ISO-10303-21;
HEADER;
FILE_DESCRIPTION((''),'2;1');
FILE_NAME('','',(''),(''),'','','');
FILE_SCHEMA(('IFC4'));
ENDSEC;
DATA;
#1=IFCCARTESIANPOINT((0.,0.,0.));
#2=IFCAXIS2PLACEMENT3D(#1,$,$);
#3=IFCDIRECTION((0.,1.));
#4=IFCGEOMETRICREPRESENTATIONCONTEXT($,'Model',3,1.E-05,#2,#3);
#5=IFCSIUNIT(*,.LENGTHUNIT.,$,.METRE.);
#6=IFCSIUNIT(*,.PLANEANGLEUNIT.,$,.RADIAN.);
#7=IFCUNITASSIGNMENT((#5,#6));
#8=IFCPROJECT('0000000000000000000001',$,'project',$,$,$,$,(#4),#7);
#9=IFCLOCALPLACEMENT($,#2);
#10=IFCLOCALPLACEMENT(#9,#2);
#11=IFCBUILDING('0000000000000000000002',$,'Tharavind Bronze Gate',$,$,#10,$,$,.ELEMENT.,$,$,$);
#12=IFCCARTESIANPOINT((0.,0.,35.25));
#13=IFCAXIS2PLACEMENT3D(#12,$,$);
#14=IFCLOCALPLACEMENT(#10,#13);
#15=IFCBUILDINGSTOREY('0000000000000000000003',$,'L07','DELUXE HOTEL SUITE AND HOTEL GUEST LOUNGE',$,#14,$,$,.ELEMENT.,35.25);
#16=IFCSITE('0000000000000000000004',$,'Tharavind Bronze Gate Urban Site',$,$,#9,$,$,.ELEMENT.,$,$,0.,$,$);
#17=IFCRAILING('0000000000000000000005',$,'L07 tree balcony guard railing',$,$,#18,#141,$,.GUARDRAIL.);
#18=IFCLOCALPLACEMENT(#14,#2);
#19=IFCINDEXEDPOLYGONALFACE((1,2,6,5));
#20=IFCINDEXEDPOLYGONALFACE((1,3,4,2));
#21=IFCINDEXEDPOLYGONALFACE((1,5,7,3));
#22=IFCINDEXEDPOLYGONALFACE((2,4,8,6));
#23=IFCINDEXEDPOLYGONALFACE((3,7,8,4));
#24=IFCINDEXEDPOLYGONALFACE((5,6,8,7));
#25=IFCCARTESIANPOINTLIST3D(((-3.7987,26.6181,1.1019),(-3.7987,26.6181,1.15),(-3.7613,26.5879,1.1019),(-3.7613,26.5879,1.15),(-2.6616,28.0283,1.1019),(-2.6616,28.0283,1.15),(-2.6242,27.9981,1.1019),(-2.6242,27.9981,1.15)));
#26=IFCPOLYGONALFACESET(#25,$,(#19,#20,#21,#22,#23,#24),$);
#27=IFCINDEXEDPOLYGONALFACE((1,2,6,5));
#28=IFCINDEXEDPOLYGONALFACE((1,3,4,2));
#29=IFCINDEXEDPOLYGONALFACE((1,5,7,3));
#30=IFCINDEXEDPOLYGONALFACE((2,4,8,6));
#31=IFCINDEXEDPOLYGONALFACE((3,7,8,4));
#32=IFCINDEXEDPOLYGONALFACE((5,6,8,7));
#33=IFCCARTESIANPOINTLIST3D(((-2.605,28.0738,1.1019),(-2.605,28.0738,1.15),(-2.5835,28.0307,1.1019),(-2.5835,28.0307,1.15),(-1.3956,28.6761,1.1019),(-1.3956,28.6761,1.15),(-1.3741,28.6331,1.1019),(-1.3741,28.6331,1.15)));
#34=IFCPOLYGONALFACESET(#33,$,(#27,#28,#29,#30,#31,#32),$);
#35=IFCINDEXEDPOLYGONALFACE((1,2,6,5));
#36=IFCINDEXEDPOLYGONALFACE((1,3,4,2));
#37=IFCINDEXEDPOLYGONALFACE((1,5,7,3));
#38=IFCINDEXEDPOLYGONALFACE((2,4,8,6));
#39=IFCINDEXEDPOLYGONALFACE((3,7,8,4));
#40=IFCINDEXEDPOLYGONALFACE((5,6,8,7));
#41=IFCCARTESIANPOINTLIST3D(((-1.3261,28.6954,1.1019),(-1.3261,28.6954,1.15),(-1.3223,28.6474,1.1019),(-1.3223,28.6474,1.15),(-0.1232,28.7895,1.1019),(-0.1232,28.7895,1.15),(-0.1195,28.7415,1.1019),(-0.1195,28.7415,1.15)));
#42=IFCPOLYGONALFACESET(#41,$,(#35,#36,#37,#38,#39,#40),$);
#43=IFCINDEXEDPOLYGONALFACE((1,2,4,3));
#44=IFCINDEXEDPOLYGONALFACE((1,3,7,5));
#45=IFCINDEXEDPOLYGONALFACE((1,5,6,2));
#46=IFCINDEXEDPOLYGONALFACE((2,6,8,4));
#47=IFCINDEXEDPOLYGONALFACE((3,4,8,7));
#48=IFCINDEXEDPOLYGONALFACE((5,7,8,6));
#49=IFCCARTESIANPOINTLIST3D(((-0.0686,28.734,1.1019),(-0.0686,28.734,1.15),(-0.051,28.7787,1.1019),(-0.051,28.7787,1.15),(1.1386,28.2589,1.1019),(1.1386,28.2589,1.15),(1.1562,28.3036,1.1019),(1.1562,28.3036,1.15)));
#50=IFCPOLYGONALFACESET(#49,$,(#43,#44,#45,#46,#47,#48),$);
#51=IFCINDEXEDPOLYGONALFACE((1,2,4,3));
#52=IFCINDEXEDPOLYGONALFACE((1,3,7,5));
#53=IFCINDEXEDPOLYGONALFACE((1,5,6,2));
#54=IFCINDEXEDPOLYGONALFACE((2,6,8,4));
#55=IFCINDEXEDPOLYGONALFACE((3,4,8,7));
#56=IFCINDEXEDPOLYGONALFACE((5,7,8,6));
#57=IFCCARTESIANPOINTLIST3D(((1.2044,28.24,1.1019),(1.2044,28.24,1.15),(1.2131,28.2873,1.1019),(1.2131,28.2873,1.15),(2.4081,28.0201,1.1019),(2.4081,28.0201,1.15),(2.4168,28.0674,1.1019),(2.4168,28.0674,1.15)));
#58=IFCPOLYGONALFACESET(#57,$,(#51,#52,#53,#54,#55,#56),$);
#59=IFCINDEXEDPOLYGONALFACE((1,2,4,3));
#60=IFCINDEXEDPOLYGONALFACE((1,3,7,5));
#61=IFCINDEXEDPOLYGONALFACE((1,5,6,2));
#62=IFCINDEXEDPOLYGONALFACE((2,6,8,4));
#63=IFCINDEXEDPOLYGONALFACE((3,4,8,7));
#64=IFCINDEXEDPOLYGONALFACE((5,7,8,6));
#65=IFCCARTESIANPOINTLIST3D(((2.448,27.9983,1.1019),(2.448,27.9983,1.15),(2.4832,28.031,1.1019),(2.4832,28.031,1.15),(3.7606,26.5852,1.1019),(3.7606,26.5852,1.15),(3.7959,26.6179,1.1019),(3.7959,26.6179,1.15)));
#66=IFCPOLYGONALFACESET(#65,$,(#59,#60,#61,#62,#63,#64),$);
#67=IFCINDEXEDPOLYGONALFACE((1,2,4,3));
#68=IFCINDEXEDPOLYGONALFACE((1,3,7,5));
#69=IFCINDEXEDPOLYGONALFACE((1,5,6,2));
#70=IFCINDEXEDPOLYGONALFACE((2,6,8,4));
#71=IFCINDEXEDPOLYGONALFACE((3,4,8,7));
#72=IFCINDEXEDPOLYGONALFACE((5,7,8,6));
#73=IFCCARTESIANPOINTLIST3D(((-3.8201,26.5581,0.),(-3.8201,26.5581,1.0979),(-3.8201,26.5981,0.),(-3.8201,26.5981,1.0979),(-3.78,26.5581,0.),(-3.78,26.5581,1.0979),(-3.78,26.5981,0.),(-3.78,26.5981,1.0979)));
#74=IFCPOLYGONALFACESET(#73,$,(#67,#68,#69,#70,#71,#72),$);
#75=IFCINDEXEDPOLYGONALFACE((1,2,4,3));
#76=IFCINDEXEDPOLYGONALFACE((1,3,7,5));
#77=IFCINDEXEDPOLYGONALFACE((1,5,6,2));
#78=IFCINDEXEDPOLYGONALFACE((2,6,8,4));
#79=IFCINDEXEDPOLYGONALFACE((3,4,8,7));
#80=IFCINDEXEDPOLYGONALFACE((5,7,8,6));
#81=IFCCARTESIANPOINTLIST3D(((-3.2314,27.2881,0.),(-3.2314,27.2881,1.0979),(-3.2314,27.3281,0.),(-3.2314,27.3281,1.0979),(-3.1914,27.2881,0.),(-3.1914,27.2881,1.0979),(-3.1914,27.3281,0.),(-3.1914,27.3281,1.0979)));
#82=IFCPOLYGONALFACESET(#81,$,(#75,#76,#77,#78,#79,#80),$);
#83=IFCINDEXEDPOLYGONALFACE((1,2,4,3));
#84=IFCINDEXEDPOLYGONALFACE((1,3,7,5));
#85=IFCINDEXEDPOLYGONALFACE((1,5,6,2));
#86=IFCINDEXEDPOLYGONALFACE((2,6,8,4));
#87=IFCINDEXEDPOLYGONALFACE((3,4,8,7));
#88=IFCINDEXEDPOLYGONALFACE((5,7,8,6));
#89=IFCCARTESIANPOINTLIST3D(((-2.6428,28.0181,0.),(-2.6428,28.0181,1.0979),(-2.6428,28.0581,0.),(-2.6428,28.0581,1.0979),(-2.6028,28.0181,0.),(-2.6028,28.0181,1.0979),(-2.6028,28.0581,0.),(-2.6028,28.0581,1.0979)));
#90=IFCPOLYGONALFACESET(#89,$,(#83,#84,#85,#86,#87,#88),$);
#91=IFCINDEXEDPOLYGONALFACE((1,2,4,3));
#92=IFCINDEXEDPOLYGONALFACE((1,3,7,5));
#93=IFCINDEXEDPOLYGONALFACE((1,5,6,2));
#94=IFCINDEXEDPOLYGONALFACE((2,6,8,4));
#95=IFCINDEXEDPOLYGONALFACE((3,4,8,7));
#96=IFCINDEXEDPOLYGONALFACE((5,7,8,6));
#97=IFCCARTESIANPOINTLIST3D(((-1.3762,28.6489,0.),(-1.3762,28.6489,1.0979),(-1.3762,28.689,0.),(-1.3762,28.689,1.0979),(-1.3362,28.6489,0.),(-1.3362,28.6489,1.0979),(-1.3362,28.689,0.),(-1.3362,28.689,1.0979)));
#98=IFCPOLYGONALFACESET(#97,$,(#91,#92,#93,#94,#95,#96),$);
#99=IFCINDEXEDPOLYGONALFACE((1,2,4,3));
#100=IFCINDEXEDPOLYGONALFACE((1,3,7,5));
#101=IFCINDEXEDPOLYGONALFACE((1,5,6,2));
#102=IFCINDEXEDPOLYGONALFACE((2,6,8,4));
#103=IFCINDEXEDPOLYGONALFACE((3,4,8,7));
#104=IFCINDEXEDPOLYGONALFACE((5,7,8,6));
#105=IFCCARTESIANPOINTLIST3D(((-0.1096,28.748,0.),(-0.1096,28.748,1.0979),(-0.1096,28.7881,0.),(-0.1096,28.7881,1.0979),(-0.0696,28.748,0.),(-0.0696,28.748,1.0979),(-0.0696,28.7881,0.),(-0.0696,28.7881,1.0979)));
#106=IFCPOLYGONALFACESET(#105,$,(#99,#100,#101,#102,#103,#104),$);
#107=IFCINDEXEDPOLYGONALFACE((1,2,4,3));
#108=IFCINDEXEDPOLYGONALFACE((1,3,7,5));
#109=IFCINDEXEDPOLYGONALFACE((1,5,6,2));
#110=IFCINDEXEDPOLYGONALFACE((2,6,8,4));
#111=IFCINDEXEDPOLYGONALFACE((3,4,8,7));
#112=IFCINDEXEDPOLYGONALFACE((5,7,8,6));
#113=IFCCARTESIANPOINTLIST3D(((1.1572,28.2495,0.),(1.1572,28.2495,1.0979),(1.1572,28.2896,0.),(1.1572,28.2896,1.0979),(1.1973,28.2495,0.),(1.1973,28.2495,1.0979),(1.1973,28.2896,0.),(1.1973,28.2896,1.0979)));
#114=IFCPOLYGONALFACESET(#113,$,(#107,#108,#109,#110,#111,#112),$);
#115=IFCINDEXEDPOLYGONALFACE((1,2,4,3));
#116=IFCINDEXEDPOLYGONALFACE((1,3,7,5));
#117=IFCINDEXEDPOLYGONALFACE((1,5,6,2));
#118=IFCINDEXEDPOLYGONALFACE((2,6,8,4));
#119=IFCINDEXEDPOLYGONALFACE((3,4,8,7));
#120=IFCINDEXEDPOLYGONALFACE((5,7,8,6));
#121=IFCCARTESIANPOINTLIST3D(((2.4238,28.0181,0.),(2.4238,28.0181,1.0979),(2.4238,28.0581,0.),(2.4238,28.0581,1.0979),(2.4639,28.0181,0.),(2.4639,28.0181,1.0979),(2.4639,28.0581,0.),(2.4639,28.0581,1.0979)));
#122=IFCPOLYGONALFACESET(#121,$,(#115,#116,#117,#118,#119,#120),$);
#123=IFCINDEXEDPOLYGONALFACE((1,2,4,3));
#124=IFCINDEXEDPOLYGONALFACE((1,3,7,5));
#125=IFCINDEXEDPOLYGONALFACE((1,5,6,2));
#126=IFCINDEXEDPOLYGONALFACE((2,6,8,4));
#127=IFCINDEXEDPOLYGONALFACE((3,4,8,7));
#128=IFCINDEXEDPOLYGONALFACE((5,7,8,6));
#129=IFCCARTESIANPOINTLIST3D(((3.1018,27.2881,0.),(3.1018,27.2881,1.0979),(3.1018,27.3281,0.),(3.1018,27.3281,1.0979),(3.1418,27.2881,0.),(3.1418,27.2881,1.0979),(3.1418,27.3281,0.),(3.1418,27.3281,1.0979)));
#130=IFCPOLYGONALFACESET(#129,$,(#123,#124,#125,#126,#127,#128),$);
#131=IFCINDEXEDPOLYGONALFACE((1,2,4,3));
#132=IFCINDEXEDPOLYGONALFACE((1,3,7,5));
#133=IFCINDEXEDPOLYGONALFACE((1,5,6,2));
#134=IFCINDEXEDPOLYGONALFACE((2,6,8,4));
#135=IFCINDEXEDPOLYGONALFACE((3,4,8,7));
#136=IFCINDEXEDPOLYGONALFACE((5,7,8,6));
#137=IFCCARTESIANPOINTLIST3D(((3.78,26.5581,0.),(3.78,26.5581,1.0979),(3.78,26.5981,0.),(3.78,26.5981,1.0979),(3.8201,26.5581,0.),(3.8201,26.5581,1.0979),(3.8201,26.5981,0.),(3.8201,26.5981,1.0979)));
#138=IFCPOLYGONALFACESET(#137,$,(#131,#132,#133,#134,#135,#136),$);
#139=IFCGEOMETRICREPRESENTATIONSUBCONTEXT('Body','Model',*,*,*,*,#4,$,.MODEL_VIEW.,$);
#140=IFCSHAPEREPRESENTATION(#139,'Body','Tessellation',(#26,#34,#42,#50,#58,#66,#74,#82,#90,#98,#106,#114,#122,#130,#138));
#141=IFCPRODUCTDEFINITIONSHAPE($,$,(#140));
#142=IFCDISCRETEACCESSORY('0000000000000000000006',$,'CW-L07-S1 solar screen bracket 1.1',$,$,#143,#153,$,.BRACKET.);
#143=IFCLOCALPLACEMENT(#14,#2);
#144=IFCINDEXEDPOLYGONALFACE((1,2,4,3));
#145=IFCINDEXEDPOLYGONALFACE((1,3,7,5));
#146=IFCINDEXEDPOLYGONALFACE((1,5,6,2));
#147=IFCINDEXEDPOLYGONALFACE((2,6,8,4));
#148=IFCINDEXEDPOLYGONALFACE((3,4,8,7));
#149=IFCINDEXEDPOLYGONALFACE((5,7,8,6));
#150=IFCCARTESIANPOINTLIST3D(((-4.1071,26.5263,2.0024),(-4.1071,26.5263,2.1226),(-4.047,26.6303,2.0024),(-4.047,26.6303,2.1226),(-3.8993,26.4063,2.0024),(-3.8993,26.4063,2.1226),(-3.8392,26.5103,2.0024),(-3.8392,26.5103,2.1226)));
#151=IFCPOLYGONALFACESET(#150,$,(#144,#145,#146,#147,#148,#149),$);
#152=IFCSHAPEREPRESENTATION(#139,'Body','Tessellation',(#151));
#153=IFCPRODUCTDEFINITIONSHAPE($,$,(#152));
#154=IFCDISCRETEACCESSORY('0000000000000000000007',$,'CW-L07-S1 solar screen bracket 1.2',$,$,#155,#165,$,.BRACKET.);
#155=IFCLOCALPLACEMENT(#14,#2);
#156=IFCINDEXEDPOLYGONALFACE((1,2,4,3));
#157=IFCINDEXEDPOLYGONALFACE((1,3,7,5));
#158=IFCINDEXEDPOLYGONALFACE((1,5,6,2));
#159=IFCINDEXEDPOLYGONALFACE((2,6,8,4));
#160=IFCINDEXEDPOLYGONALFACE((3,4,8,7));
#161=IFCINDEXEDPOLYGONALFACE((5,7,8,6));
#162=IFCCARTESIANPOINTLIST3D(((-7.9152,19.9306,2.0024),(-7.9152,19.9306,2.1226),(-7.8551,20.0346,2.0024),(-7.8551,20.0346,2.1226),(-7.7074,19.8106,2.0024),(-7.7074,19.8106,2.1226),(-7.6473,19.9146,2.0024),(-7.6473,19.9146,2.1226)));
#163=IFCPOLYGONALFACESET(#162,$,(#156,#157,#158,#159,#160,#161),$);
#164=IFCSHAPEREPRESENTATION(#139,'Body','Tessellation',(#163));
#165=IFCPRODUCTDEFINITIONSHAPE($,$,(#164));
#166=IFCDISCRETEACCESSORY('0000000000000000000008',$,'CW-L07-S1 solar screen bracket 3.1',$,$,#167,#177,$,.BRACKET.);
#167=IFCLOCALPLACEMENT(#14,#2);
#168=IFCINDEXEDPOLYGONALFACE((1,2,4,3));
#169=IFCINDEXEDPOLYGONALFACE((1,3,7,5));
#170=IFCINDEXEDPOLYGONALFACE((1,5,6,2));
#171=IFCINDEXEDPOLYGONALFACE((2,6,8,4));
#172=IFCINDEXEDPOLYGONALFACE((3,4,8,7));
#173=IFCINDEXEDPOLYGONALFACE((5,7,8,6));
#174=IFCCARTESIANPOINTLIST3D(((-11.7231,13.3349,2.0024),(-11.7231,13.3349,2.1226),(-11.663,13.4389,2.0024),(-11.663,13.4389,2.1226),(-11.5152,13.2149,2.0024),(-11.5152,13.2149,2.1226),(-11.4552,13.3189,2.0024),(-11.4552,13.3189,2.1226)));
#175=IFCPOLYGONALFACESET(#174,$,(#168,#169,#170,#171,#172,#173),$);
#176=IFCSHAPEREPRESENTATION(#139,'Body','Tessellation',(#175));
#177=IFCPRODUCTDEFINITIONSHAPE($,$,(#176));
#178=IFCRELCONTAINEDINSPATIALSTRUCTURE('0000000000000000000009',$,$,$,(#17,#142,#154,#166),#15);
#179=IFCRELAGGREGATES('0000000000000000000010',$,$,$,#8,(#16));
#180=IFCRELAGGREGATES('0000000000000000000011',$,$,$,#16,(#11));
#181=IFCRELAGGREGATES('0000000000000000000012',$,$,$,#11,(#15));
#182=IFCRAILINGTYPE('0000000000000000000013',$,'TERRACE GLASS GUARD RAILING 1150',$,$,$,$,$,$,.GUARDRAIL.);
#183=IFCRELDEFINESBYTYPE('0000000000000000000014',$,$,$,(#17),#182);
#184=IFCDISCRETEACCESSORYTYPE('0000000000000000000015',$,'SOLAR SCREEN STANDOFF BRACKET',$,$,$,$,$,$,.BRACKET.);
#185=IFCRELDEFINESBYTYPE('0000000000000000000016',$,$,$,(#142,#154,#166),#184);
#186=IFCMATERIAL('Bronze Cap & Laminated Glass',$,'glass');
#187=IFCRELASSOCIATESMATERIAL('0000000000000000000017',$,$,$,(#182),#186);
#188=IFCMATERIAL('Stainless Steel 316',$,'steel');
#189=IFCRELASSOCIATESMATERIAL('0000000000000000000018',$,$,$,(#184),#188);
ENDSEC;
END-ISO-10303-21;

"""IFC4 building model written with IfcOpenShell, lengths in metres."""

from ifc_helpers import new_model, si_unit, direction, frame, origin, origin_2d, place, context, subcontext, project, spatial, rectangle, extrude, material, type_object, element, save


model = new_model("IFC4")

# Units and contexts
model_context = context("Model", 3, precision=1e-05, world=origin(), true_north=direction((0.0, 1.0)))
body_context = subcontext(model_context, "Body", "Model", "MODEL_VIEW")
ifc_project = project(units=[si_unit("LENGTHUNIT", "METRE"), si_unit("PLANEANGLEUNIT", "RADIAN")], contexts=[model_context])

# Site, building, storey
site_placement = place(None, origin())
site = spatial("IfcSite", under=ifc_project, at=site_placement, Name="Tharavind Bronze Gate Urban Site", CompositionType="ELEMENT", RefElevation=0.0)
building_placement = place(site_placement, origin())
building = spatial("IfcBuilding", under=site, at=building_placement, Name="Tharavind Bronze Gate", CompositionType="ELEMENT")
storey_placement = place(building_placement, frame((0.0, 0.0, 35.25)))
storey = spatial("IfcBuildingStorey", under=building, at=storey_placement, Name="L07", Description="DELUXE HOTEL SUITE AND HOTEL GUEST LOUNGE", CompositionType="ELEMENT", Elevation=35.25)

# Railing
ifc_material_1 = material(Name="Bronze Cap & Laminated Glass", Category="glass")
railing_type = type_object("IfcRailingType", Name="TERRACE GLASS GUARD RAILING 1150", PredefinedType="GUARDRAIL", material=ifc_material_1)
railing_placement = place(storey_placement, frame((-3.8, 26.5781, 0.0)))
element("IfcRailing", 1, at=railing_placement, inside=storey, type_object=railing_type, Name="L07 tree balcony guard railing", PredefinedType="GUARDRAIL", context=body_context, shape_type="SweptSolid", body=[
    extrude(rectangle(XDim=0.0481, YDim=0.0481, at=origin_2d()), frame((0.02, 0.0249, 1.126), z_axis=(0.627707, 0.77845, 0.0), x_axis=(-0.77845, 0.627707, 0.0)), (0.0, 0.0, 1.0), 1.8115),
    extrude(rectangle(XDim=0.0481, YDim=0.0481, at=origin_2d()), frame((1.2058, 1.4741, 1.126), z_axis=(0.895116, 0.445833, 0.0), x_axis=(-0.445833, 0.895116, 0.0)), (0.0, 0.0, 1.0), 1.3511),
    extrude(rectangle(XDim=0.0481, YDim=0.0481, at=origin_2d()), frame((2.4758, 2.0933, 1.126), z_axis=(0.996952, 0.078019, 0.0), x_axis=(-0.078019, 0.996952, 0.0)), (0.0, 0.0, 1.0), 1.2065),
    extrude(rectangle(XDim=0.0481, YDim=0.0481, at=origin_2d()), frame((3.7402, 2.1782, 1.126), z_axis=(0.93054, -0.36619, 0.0), x_axis=(0.36619, 0.93054, 0.0)), (0.0, 0.0, 1.0), 1.2974),
    extrude(rectangle(XDim=0.0481, YDim=0.0481, at=origin_2d()), frame((5.0088, 1.6855, 1.126), z_axis=(0.983712, -0.179753, 0.0), x_axis=(0.179753, 0.983712, 0.0)), (0.0, 0.0, 1.0), 1.2236),
    extrude(rectangle(XDim=0.0481, YDim=0.0481, at=origin_2d()), frame((6.2656, 1.4365, 1.126), z_axis=(0.680592, -0.732663, 0.0), x_axis=(0.732663, 0.680592, 0.0)), (0.0, 0.0, 1.0), 1.9287),
    extrude(rectangle(XDim=0.04, YDim=0.04, at=origin_2d()), origin(), (0.0, 0.0, 1.0), 1.0979),
    extrude(rectangle(XDim=0.04, YDim=0.04, at=origin_2d()), frame((0.5886, 0.73, 0.0)), (0.0, 0.0, 1.0), 1.0979),
    extrude(rectangle(XDim=0.04, YDim=0.04, at=origin_2d()), frame((1.1772, 1.46, 0.0)), (0.0, 0.0, 1.0), 1.0979),
    extrude(rectangle(XDim=0.04, YDim=0.04, at=origin_2d()), frame((2.4438, 2.0908, 0.0)), (0.0, 0.0, 1.0), 1.0979),
    extrude(rectangle(XDim=0.04, YDim=0.04, at=origin_2d()), frame((3.7104, 2.1899, 0.0)), (0.0, 0.0, 1.0), 1.0979),
    extrude(rectangle(XDim=0.04, YDim=0.04, at=origin_2d()), frame((4.9773, 1.6914, 0.0)), (0.0, 0.0, 1.0), 1.0979),
    extrude(rectangle(XDim=0.04, YDim=0.04, at=origin_2d()), frame((6.2439, 1.46, 0.0)), (0.0, 0.0, 1.0), 1.0979),
    extrude(rectangle(XDim=0.04, YDim=0.04, at=origin_2d()), frame((6.9219, 0.73, 0.0)), (0.0, 0.0, 1.0), 1.0979),
    extrude(rectangle(XDim=0.04, YDim=0.04, at=origin_2d()), frame((7.6001, 0.0, 0.0)), (0.0, 0.0, 1.0), 1.0979),
])

# Discrete accessories
ifc_material_2 = material(Name="Stainless Steel 316", Category="steel")
discrete_accessory_type = type_object("IfcDiscreteAccessoryType", Name="SOLAR SCREEN STANDOFF BRACKET", PredefinedType="BRACKET", material=ifc_material_2)
for number, where, z_axis, x_axis, name in (
    (2, (-3.9731, 26.5183, 2.0024), (0.0, 0.0, 1.0), (-0.500002, -0.866025, 0.0), "CW-L07-S1 solar screen bracket 1.1"),
    (3, (-7.7812, 19.9226, 2.0024), (0.0, 0.0, 1.0), (-0.500002, -0.866025, 0.0), "CW-L07-S1 solar screen bracket 1.2"),
    (4, (-11.5891, 13.3269, 2.0024), (0.0, 0.0, 1.0), (-0.500002, -0.866025, 0.0), "CW-L07-S1 solar screen bracket 3.1"),
):
    element("IfcDiscreteAccessory", number, at=place(storey_placement, frame(where, z_axis=z_axis, x_axis=x_axis)), inside=storey, type_object=discrete_accessory_type, Name=name, PredefinedType="BRACKET", context=body_context, shape_type="SweptSolid", body=[
        extrude(rectangle(XDim=0.1201, YDim=0.24, at=origin_2d()), origin(), (0.0, 0.0, 1.0), 0.1201),
    ])

save(model, "model.ifc")
